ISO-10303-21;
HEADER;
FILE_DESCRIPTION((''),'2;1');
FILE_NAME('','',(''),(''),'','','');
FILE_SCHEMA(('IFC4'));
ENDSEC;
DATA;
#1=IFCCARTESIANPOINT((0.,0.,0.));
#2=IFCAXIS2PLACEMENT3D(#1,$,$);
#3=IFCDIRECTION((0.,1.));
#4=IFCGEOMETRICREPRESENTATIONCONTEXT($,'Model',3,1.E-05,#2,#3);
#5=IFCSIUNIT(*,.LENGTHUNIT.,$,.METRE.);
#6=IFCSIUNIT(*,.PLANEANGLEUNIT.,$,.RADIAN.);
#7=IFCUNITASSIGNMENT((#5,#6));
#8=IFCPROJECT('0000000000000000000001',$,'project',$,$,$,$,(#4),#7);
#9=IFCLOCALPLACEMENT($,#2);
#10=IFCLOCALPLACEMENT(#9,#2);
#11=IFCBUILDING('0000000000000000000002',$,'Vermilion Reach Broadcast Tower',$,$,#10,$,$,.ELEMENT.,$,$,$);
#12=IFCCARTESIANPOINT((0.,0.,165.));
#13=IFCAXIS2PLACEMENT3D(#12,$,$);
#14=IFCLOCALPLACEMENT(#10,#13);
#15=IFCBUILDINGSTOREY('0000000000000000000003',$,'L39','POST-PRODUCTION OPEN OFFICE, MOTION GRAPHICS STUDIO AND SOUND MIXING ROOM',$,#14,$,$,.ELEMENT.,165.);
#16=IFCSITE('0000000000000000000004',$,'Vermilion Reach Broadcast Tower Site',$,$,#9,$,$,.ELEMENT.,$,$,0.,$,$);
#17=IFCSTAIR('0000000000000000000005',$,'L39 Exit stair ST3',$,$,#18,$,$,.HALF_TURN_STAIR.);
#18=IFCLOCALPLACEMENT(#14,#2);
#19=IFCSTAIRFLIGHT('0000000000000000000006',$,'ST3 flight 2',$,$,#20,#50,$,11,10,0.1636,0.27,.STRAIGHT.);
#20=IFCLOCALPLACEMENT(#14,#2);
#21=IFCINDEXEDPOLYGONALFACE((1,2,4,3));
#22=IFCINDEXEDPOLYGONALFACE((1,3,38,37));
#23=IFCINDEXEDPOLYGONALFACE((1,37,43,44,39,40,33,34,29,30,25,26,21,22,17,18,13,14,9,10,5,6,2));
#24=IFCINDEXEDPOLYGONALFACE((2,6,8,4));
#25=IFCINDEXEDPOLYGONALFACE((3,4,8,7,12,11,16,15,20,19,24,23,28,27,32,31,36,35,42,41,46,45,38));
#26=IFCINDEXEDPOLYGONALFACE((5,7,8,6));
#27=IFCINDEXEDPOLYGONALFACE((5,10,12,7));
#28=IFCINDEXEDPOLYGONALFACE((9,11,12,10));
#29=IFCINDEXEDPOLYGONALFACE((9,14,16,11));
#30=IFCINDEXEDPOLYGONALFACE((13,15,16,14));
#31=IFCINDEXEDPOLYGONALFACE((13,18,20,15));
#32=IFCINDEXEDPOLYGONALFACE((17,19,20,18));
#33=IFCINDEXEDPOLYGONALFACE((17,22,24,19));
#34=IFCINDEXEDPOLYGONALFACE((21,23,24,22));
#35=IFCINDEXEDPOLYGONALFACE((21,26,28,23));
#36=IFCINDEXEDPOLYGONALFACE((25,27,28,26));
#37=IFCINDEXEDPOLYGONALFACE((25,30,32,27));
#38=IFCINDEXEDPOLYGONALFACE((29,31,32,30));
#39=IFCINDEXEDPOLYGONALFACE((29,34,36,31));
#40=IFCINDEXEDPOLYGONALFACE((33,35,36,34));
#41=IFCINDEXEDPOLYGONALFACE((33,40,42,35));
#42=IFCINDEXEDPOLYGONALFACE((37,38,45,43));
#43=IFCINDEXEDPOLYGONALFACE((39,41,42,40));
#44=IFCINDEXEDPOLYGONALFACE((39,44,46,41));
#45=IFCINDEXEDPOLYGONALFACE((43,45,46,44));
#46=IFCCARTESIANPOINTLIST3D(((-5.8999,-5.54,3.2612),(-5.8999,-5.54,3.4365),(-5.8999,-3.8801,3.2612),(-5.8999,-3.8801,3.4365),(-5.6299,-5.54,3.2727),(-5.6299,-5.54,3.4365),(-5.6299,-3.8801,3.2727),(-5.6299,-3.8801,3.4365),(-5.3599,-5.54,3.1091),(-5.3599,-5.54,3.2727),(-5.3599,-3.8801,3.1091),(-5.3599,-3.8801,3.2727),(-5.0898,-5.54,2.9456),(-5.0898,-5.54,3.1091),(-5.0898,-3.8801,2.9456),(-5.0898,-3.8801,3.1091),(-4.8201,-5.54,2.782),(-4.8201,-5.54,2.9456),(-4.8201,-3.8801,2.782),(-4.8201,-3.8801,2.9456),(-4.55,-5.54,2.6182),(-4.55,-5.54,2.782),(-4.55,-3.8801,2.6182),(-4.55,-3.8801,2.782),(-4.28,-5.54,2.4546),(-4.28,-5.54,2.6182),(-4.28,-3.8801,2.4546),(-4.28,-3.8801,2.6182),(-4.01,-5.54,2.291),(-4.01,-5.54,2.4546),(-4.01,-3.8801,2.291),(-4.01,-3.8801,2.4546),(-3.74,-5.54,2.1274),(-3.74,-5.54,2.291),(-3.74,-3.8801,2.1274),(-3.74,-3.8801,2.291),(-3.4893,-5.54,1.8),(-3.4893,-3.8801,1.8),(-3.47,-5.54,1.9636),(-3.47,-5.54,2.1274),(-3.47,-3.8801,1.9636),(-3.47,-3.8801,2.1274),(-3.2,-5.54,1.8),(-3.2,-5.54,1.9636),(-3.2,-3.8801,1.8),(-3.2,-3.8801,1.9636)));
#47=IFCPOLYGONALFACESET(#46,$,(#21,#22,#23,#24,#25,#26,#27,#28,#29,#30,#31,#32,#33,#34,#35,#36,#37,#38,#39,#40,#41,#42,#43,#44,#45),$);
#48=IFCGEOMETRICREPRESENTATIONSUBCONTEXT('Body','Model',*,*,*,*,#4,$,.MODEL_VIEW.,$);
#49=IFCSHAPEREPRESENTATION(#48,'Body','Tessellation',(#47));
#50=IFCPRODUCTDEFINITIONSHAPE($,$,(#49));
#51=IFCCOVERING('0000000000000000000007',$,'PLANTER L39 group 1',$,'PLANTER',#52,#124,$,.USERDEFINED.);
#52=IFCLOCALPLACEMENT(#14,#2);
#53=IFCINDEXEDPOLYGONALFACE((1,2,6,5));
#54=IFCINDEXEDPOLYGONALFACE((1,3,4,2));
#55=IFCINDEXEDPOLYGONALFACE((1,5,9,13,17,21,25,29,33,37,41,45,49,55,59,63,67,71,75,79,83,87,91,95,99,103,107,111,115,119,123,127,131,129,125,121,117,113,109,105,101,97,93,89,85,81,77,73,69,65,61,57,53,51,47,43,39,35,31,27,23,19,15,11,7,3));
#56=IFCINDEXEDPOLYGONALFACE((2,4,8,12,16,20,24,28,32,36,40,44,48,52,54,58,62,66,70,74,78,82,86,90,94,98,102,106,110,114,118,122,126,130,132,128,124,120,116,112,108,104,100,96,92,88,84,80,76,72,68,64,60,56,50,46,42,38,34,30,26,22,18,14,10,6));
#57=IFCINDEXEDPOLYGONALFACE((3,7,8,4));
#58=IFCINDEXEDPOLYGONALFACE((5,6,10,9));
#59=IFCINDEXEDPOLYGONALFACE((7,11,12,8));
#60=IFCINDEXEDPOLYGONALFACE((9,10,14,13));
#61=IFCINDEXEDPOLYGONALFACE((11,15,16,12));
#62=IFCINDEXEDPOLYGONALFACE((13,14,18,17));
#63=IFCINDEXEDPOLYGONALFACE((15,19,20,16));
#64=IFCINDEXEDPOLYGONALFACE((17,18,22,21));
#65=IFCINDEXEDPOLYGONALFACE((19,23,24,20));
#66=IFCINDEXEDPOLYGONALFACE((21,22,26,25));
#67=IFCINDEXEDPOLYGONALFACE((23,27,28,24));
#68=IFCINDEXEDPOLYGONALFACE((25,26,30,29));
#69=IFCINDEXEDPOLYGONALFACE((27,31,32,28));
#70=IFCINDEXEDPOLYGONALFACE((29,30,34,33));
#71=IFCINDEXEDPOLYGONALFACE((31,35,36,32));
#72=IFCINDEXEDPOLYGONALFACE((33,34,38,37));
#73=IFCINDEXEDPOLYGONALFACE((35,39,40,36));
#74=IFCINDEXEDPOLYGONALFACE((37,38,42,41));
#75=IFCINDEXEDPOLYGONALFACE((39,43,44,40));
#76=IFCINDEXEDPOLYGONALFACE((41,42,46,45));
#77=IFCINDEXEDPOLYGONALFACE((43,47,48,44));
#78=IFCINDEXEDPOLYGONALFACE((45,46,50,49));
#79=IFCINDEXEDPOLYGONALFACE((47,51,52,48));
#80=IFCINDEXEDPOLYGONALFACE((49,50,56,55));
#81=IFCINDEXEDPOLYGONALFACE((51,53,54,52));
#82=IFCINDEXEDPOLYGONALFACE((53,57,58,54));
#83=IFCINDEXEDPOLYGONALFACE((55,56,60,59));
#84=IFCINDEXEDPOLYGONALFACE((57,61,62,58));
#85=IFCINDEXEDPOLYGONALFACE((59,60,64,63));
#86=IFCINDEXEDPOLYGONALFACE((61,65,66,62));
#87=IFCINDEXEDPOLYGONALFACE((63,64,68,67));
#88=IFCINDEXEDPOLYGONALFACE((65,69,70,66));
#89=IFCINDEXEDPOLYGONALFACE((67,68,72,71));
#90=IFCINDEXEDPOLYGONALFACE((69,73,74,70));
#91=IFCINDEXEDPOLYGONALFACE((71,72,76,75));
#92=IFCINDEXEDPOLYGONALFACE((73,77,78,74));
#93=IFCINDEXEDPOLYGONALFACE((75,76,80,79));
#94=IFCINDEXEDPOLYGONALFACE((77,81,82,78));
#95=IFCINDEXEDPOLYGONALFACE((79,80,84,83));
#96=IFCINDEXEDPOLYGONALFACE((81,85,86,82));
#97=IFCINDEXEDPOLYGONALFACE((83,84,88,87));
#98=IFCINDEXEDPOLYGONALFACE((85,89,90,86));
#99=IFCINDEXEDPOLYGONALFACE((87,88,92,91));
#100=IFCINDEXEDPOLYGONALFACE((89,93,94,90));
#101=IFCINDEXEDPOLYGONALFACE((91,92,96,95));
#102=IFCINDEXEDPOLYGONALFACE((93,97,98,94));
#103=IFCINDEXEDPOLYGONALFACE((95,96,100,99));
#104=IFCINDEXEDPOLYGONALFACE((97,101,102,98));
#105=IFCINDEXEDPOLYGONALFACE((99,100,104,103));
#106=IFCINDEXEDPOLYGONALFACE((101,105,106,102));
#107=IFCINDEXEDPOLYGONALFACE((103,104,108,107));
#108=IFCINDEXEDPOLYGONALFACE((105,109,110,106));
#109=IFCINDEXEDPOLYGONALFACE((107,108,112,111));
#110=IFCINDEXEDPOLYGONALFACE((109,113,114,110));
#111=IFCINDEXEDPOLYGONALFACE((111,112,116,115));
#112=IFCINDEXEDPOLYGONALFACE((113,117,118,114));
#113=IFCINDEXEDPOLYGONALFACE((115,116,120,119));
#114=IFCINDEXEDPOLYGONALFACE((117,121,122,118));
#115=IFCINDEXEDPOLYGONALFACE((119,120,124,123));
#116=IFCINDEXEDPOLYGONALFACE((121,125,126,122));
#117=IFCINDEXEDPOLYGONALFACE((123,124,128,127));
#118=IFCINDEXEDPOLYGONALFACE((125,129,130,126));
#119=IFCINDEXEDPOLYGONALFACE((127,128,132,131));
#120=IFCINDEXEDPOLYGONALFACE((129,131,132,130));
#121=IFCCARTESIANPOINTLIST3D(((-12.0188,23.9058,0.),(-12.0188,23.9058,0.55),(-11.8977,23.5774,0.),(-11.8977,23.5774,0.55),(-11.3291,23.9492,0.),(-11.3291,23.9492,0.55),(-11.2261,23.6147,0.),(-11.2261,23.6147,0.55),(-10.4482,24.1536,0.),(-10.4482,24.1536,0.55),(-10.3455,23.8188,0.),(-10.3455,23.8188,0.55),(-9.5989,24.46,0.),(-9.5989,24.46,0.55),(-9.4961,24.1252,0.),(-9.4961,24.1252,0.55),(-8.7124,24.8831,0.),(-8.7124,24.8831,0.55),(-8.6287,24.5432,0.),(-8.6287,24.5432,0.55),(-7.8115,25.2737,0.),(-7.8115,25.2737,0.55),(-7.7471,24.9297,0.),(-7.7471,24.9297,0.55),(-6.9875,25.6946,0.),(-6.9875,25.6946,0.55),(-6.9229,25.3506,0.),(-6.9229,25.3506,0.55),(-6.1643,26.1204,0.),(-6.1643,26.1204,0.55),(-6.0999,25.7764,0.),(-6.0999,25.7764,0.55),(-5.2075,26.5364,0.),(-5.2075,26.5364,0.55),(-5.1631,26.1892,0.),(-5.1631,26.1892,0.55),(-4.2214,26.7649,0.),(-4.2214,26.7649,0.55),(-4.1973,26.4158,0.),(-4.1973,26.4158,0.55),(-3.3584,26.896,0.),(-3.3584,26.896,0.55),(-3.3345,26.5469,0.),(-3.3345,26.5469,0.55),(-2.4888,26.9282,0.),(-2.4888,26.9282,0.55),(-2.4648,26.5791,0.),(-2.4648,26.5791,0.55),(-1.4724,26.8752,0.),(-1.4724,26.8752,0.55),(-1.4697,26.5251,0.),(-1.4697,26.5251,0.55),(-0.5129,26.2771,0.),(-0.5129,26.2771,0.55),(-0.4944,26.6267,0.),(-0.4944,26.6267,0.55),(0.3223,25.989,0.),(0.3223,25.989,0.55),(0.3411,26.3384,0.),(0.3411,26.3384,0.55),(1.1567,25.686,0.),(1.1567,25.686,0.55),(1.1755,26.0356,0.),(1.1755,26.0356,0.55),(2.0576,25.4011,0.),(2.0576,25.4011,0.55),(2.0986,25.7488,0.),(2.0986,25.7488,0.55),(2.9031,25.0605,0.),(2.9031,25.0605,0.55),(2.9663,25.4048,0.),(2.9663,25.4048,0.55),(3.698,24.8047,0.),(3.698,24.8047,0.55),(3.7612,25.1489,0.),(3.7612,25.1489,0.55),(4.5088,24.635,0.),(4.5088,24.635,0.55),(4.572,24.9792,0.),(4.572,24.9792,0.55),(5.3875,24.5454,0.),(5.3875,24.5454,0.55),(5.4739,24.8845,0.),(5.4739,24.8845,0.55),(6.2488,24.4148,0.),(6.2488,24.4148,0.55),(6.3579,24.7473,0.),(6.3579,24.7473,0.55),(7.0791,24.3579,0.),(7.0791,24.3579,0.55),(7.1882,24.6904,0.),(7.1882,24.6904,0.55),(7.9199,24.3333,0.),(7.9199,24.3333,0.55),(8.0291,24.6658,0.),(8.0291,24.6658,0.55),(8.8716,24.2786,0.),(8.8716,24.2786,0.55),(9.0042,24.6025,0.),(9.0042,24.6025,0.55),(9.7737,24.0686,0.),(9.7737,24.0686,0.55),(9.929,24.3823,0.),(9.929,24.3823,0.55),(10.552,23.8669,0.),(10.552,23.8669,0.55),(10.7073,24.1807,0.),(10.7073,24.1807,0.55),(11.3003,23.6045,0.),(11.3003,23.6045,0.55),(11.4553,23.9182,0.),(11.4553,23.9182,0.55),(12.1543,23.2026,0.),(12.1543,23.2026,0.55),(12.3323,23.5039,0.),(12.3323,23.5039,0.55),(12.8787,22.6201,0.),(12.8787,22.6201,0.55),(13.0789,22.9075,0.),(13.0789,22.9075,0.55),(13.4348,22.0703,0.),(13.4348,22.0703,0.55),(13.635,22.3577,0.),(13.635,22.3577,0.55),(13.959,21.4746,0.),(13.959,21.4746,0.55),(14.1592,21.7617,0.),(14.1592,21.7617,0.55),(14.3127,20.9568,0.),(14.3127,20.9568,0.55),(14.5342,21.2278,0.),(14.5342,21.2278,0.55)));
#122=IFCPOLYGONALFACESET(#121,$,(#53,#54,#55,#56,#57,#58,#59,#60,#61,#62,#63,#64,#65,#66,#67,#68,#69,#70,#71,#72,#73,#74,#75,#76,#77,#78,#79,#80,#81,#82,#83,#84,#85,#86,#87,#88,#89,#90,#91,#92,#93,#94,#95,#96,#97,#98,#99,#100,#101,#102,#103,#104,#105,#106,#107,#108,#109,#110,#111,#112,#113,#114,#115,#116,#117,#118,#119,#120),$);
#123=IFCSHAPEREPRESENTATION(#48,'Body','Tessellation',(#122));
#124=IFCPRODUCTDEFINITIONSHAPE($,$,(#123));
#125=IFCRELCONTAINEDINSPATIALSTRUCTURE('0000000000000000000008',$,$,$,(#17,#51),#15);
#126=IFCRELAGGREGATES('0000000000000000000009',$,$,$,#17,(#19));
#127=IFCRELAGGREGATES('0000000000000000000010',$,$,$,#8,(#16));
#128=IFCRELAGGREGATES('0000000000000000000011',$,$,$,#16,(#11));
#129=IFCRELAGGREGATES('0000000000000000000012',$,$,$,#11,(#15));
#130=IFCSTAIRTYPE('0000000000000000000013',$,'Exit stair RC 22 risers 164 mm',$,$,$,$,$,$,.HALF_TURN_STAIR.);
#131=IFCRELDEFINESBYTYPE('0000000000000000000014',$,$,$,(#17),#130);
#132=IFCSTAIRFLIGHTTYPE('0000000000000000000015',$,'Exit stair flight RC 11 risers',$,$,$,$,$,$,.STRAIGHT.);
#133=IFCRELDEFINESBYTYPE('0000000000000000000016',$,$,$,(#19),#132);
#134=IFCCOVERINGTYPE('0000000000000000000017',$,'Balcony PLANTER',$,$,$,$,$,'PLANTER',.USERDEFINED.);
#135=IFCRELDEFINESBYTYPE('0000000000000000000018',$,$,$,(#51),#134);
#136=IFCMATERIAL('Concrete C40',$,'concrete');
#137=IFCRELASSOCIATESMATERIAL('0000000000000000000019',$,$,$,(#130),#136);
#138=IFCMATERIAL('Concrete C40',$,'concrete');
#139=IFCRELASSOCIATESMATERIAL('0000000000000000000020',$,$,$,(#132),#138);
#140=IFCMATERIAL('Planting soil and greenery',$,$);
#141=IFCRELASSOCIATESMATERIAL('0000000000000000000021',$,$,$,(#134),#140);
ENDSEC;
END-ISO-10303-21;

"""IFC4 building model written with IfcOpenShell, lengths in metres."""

from ifc_helpers import new_model, si_unit, direction, frame, origin, place, context, subcontext, project, spatial, polyline, outline, extrude, material, type_object, element, aggregate, save


model = new_model("IFC4")

# Units and contexts
model_context = context("Model", 3, precision=1e-05, world=origin(), true_north=direction((0.0, 1.0)))
body_context = subcontext(model_context, "Body", "Model", "MODEL_VIEW")
ifc_project = project(units=[si_unit("LENGTHUNIT", "METRE"), si_unit("PLANEANGLEUNIT", "RADIAN")], contexts=[model_context])

# Site, building, storey
site_placement = place(None, origin())
site = spatial("IfcSite", under=ifc_project, at=site_placement, Name="Vermilion Reach Broadcast Tower Site", CompositionType="ELEMENT", RefElevation=0.0)
building_placement = place(site_placement, origin())
building = spatial("IfcBuilding", under=site, at=building_placement, Name="Vermilion Reach Broadcast Tower", CompositionType="ELEMENT")
storey_placement = place(building_placement, frame((0.0, 0.0, 165.0)))
storey = spatial("IfcBuildingStorey", under=building, at=storey_placement, Name="L39", Description="POST-PRODUCTION OPEN OFFICE, MOTION GRAPHICS STUDIO AND SOUND MIXING ROOM", CompositionType="ELEMENT", Elevation=165.0)

# Stair, stair flight
ifc_material_1 = material(Name="Concrete C40", Category="concrete")
stair_type = type_object("IfcStairType", Name="Exit stair RC 22 risers 164 mm", PredefinedType="HALF_TURN_STAIR", material=ifc_material_1)
placement_1 = place(storey_placement, origin())
stair = element("IfcStair", 1, at=placement_1, inside=storey, type_object=stair_type, Name="L39 Exit stair ST3", PredefinedType="HALF_TURN_STAIR")
ifc_material_2 = material(Name="Concrete C40", Category="concrete")
stair_flight_type = type_object("IfcStairFlightType", Name="Exit stair flight RC 11 risers", PredefinedType="STRAIGHT", material=ifc_material_2)
stair_flight_placement = place(storey_placement, frame((-3.2, -4.71, 1.8), z_axis=(0.0, 0.0, 1.0), x_axis=(-1.0, 0.0, 0.0)))
stair_flight = element("IfcStairFlight", 2, at=stair_flight_placement, type_object=stair_flight_type, Name="ST3 flight 2", NumberOfRisers=11, NumberOfTreads=10, PredefinedType="STRAIGHT", RiserHeight=0.1636, TreadLength=0.27, context=body_context, shape_type="SweptSolid", body=[
    extrude(outline(polyline([(0.0, 0.0), (0.0, 0.1636), (0.27, 0.1636), (0.27, 0.3274), (0.54, 0.3274), (0.54, 0.491), (0.8101, 0.491), (0.8101, 0.6545), (1.0801, 0.6545), (1.0801, 0.8181), (1.3501, 0.8181), (1.3501, 0.9819), (1.6201, 0.9819), (1.6201, 1.1455), (1.8899, 1.1455), (1.8899, 1.3091), (2.1599, 1.3091), (2.1599, 1.4727), (2.4299, 1.4727), (2.4299, 1.6365), (2.7, 1.6365), (2.7, 1.8), (2.7, 1.4612), (0.2893, 0.0), (0.0, 0.0)])), frame((0.0, 0.8301, 0.0), z_axis=(0.0, -1.0, 0.0), x_axis=(1.0, 0.0, 0.0)), (0.0, 0.0, 1.0), 1.6599),
])
aggregate(stair, [stair_flight])

# Covering
ifc_material_3 = material(Name="Planting soil and greenery")
covering_type = type_object("IfcCoveringType", Name="Balcony PLANTER", ElementType="PLANTER", PredefinedType="USERDEFINED", material=ifc_material_3)
element("IfcCovering", 3, at=placement_1, inside=storey, type_object=covering_type, Name="PLANTER L39 group 1", ObjectType="PLANTER", PredefinedType="USERDEFINED", context=body_context, shape_type="SweptSolid", body=[
    extrude(outline(polyline([(14.5342, 21.2278), (14.1592, 21.7617), (13.635, 22.3577), (13.0789, 22.9075), (12.3323, 23.5039), (11.4553, 23.9182), (10.7073, 24.1807), (9.929, 24.3823), (9.0042, 24.6025), (8.0291, 24.6658), (7.1882, 24.6904), (6.3579, 24.7473), (5.4739, 24.8845), (4.572, 24.9792), (3.7612, 25.1489), (2.9663, 25.4048), (2.0986, 25.7488), (1.1755, 26.0356), (0.3411, 26.3384), (-0.4944, 26.6267), (-1.4724, 26.8752), (-2.4888, 26.9282), (-3.3584, 26.896), (-4.2214, 26.7649), (-5.2075, 26.5364), (-6.1643, 26.1204), (-6.9875, 25.6946), (-7.8115, 25.2737), (-8.7124, 24.8831), (-9.5989, 24.46), (-10.4482, 24.1536), (-11.3291, 23.9492), (-12.0188, 23.9058), (-11.8977, 23.5774), (-11.2261, 23.6147), (-10.3455, 23.8188), (-9.4961, 24.1252), (-8.6287, 24.5432), (-7.7471, 24.9297), (-6.9229, 25.3506), (-6.0999, 25.7764), (-5.1631, 26.1892), (-4.1973, 26.4158), (-3.3345, 26.5469), (-2.4648, 26.5791), (-1.4697, 26.5251), (-0.5129, 26.2771), (0.3223, 25.989), (1.1567, 25.686), (2.0576, 25.4011), (2.9031, 25.0605), (3.698, 24.8047), (4.5088, 24.635), (5.3875, 24.5454), (6.2488, 24.4148), (7.0791, 24.3579), (7.9199, 24.3333), (8.8716, 24.2786), (9.7737, 24.0686), (10.552, 23.8669), (11.3003, 23.6045), (12.1543, 23.2026), (12.8787, 22.6201), (13.4348, 22.0703), (13.959, 21.4746), (14.3127, 20.9568), (14.5342, 21.2278)])), origin(), (0.0, 0.0, 1.0), 0.55),
])

save(model, "model.ifc")
